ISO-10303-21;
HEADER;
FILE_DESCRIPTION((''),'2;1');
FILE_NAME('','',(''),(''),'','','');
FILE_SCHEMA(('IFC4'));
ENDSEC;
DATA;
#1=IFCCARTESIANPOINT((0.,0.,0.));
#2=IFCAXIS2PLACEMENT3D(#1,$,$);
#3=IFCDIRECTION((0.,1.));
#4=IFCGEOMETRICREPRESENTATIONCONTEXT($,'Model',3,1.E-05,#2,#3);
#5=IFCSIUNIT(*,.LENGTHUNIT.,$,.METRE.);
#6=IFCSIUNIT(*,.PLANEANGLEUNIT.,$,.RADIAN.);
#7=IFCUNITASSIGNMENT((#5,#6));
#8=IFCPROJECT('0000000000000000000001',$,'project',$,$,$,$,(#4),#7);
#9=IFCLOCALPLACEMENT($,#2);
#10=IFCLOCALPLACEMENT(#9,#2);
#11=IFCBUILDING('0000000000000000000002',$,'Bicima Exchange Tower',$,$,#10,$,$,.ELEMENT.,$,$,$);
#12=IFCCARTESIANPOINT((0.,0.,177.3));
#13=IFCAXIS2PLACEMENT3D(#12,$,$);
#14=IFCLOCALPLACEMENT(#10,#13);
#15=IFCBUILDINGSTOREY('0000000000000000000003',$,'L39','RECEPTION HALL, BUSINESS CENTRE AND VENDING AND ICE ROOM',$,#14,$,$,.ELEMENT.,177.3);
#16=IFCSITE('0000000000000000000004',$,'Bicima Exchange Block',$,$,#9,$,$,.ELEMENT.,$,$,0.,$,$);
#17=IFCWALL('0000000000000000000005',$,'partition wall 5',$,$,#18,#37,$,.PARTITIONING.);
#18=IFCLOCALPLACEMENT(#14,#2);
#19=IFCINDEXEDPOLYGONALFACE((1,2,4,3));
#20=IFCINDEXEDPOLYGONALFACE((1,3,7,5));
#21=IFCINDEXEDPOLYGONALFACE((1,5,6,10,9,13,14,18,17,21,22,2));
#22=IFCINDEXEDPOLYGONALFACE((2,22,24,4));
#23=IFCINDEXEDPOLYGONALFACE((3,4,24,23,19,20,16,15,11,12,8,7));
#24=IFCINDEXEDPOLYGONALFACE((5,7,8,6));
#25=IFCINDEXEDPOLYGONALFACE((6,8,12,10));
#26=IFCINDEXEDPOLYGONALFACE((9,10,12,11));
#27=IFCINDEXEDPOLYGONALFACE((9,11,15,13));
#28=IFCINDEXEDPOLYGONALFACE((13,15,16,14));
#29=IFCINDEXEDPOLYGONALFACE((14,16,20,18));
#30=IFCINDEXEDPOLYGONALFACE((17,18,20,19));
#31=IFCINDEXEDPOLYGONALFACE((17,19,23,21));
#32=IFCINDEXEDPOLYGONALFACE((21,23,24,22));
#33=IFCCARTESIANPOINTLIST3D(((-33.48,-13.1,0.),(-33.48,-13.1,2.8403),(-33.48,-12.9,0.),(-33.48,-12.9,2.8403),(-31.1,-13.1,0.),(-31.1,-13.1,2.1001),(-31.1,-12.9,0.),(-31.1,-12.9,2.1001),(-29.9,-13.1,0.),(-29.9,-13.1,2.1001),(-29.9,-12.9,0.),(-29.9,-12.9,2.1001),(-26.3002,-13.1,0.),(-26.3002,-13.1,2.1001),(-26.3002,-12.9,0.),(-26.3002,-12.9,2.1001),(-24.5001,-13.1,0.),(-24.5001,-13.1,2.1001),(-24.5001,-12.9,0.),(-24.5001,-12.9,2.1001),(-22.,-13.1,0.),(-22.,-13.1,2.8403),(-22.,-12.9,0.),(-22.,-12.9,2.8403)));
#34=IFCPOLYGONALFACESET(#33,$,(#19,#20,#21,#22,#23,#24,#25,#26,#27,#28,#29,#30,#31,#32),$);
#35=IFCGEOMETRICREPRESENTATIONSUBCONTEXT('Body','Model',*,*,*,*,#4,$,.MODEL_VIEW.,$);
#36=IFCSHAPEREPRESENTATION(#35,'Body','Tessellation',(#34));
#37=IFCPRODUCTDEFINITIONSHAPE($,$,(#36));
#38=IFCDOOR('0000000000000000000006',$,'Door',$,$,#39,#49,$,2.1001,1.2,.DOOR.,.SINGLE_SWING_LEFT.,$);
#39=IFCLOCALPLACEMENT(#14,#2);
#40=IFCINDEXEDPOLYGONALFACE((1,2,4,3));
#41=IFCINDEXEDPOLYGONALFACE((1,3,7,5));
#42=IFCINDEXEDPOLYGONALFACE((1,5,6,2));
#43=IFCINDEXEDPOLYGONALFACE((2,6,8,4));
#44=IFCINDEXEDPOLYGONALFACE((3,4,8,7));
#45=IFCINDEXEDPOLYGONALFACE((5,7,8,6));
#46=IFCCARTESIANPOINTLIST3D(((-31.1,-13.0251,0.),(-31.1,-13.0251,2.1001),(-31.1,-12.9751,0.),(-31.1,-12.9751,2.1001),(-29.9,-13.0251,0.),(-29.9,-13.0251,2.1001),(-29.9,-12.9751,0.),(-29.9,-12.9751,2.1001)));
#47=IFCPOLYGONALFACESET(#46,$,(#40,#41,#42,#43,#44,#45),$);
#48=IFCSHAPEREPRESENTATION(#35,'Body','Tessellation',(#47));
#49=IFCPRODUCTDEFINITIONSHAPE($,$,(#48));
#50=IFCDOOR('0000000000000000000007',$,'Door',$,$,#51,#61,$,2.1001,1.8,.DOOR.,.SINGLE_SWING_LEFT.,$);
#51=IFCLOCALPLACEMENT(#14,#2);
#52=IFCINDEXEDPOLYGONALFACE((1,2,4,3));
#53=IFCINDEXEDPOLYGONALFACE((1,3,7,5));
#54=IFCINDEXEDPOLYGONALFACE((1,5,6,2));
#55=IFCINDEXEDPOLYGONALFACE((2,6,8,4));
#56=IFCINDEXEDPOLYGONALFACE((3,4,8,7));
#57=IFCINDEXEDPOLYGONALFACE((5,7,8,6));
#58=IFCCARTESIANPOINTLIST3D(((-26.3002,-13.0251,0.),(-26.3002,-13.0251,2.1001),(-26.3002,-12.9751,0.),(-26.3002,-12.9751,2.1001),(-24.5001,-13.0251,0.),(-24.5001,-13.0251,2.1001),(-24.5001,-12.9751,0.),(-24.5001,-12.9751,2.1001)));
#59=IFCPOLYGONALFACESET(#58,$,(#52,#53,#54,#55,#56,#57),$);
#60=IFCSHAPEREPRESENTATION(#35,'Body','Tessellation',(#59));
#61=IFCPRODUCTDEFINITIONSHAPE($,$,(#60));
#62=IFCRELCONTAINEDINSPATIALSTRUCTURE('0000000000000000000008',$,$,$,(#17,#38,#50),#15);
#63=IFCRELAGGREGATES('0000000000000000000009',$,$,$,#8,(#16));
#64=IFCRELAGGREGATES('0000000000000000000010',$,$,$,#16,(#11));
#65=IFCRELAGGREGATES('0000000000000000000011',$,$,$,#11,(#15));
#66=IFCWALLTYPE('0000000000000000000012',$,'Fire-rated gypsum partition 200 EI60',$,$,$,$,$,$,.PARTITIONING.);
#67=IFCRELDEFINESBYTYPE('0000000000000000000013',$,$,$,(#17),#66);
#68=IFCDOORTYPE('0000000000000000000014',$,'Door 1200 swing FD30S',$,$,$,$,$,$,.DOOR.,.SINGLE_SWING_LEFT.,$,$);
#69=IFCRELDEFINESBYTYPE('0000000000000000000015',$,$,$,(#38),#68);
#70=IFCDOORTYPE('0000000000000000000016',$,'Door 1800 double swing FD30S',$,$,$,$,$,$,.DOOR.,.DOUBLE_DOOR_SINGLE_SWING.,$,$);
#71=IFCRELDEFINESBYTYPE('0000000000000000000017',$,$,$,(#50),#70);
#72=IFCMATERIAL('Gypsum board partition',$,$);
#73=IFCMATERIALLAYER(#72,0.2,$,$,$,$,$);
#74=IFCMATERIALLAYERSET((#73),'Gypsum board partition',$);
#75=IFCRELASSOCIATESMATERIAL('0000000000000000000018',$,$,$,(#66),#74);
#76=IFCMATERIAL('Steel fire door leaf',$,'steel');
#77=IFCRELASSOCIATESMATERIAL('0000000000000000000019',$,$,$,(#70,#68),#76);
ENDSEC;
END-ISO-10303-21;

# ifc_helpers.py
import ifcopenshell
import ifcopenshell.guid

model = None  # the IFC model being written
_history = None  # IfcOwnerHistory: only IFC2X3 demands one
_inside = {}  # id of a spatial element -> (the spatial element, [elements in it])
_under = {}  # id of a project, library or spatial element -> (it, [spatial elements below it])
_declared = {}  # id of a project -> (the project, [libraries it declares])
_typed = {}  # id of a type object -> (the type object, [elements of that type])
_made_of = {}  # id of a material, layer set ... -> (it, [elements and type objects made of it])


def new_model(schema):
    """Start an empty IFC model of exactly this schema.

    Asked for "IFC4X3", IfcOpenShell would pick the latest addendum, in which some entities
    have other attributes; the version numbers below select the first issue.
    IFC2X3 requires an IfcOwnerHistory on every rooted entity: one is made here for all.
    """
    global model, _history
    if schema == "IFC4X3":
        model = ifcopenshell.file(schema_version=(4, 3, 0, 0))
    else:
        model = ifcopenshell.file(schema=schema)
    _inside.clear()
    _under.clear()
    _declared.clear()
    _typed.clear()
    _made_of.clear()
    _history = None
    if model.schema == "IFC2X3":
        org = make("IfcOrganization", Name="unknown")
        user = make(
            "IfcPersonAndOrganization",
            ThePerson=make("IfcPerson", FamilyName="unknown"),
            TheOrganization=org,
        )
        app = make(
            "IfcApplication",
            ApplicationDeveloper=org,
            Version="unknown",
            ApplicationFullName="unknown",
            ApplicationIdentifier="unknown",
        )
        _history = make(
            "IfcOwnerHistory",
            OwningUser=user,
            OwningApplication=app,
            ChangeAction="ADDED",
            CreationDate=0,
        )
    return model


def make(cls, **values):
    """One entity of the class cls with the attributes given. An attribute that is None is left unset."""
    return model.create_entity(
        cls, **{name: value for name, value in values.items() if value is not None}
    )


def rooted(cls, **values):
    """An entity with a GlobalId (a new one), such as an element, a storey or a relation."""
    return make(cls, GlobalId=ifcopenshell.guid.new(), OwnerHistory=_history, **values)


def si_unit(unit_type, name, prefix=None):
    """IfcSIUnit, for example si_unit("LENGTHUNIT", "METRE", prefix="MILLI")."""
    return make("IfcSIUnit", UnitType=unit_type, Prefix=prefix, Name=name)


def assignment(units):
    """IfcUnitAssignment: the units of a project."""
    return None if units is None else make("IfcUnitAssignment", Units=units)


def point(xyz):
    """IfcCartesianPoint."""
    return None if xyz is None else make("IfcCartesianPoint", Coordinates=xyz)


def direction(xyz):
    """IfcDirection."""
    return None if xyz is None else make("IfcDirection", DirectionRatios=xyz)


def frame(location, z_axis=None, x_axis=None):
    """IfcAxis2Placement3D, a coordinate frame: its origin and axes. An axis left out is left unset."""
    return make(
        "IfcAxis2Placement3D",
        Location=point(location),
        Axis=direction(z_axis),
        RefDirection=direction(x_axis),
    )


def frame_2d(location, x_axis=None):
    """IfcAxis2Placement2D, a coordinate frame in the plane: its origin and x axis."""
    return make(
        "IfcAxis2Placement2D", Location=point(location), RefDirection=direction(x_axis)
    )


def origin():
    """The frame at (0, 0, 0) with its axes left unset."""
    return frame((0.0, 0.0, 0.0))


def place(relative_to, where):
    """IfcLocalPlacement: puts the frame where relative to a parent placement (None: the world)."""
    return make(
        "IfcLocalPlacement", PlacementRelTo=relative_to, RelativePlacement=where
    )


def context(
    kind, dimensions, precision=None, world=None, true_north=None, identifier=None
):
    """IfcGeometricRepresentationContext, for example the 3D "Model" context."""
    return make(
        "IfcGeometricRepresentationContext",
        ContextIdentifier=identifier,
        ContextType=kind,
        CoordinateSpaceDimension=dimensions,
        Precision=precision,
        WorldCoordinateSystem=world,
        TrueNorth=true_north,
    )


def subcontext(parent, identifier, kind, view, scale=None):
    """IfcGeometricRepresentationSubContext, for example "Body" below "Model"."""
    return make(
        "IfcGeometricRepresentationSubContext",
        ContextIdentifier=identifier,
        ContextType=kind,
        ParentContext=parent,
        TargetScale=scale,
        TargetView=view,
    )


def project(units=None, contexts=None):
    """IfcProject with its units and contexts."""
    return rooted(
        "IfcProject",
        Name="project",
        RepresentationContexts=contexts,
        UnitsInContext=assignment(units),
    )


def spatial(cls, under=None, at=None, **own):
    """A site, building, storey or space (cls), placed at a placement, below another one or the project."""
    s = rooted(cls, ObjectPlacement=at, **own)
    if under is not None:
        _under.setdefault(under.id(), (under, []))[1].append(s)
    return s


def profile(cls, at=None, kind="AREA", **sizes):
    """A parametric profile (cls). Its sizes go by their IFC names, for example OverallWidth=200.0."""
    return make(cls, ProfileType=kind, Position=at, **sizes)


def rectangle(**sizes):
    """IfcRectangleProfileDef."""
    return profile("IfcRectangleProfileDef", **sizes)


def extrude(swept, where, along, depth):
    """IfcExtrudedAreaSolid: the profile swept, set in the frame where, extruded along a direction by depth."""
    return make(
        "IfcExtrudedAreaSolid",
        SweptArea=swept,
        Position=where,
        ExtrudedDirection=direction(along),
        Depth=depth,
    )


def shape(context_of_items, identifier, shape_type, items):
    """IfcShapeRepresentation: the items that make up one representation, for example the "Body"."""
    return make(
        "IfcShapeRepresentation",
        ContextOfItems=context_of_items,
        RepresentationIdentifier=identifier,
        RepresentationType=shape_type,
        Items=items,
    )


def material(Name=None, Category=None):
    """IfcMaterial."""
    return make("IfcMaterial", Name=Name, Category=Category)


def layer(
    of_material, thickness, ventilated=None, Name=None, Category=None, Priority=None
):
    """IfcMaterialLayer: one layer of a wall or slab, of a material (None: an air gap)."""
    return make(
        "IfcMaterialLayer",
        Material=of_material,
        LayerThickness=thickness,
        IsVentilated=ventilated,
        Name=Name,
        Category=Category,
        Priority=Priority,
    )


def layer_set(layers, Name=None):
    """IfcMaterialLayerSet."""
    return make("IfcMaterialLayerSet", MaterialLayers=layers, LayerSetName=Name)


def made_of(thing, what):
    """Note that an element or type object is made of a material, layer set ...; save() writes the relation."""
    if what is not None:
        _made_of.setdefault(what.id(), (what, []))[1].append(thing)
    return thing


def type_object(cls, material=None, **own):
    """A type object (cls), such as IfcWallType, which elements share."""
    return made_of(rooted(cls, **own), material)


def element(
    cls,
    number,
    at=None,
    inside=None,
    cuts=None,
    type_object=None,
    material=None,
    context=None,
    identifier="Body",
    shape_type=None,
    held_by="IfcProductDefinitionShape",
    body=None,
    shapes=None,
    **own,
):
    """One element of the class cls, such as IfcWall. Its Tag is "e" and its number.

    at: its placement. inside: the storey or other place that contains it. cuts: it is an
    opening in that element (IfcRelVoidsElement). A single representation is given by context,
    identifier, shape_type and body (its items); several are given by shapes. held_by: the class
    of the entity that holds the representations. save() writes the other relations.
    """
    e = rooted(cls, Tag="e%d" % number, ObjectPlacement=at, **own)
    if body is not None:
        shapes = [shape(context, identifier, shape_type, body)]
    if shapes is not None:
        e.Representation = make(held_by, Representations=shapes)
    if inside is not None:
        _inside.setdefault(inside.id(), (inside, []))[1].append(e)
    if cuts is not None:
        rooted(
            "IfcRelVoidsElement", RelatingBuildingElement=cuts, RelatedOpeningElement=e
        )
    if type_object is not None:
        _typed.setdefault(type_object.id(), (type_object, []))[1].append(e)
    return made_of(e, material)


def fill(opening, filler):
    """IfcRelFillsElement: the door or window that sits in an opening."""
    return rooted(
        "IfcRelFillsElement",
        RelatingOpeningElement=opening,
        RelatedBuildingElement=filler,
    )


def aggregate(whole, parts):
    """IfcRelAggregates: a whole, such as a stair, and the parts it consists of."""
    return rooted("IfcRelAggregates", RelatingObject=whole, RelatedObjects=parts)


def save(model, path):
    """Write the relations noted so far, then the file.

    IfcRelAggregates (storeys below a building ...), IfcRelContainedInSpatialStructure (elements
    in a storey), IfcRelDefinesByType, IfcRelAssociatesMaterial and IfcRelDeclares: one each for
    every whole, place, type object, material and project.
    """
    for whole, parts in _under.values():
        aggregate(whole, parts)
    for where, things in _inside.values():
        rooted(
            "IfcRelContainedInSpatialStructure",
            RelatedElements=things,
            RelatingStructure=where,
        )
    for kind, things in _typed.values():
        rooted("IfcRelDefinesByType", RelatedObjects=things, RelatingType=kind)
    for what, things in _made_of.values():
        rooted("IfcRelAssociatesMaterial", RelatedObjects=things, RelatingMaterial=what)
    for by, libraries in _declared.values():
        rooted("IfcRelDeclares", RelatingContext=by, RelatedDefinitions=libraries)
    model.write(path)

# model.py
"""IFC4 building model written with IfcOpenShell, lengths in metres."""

from ifc_helpers import new_model, si_unit, direction, frame, frame_2d, origin, place, context, subcontext, project, spatial, rectangle, extrude, material, layer, layer_set, type_object, element, fill, save


model = new_model("IFC4")

# Units and contexts
model_context = context("Model", 3, precision=1e-05, world=origin(), true_north=direction((0.0, 1.0)))
body_context = subcontext(model_context, "Body", "Model", "MODEL_VIEW")
ifc_project = project(units=[si_unit("LENGTHUNIT", "METRE"), si_unit("PLANEANGLEUNIT", "RADIAN")], contexts=[model_context])

# Site, building, storey
site_placement = place(None, origin())
site = spatial("IfcSite", under=ifc_project, at=site_placement, Name="Bicima Exchange Block", CompositionType="ELEMENT", RefElevation=0.0)
building_placement = place(site_placement, origin())
building = spatial("IfcBuilding", under=site, at=building_placement, Name="Bicima Exchange Tower", CompositionType="ELEMENT")
storey_placement = place(building_placement, frame((0.0, 0.0, 177.3)))
storey = spatial("IfcBuildingStorey", under=building, at=storey_placement, Name="L39", Description="RECEPTION HALL, BUSINESS CENTRE AND VENDING AND ICE ROOM", CompositionType="ELEMENT", Elevation=177.3)

# Shared definitions
ifc_material_1 = material(Name="Gypsum board partition")
ifc_layer_1 = layer(ifc_material_1, 0.2)
ifc_layer_set_1 = layer_set([ifc_layer_1], Name="Gypsum board partition")
wall_type = type_object("IfcWallType", Name="Fire-rated gypsum partition 200 EI60", PredefinedType="PARTITIONING", material=ifc_layer_set_1)
ifc_material_2 = material(Name="Steel fire door leaf", Category="steel")
door_type_1 = type_object("IfcDoorType", Name="Door 1800 double swing FD30S", OperationType="DOUBLE_DOOR_SINGLE_SWING", PredefinedType="DOOR", material=ifc_material_2)

# Wall, openings, doors
wall_1_placement = place(storey_placement, frame((-33.48, -13.0, 0.0), z_axis=(0.0, 0.0, 1.0), x_axis=(1.0, 0.0, 0.0)))
wall_1 = element("IfcWall", 1, at=wall_1_placement, inside=storey, type_object=wall_type, Name="partition wall 5", PredefinedType="PARTITIONING", context=body_context, shape_type="SweptSolid", body=[
    extrude(rectangle(XDim=11.48, YDim=0.2, at=frame_2d((5.74, 0.0))), origin(), (0.0, 0.0, 1.0), 2.8403),
])
opening_1_placement = place(wall_1_placement, frame((2.3799, 0.0, 0.0)))
opening_1 = element("IfcOpeningElement", 2, at=opening_1_placement, cuts=wall_1, PredefinedType="OPENING", context=body_context, shape_type="SweptSolid", body=[
    extrude(rectangle(XDim=1.2, YDim=2.1001, at=frame_2d((0.6001, 1.05))), frame((0.0, 0.1118, 0.0), z_axis=(0.0, -1.0, 0.0), x_axis=(1.0, 0.0, 0.0)), (0.0, 0.0, 1.0), 0.2239),
])
opening_2_placement = place(wall_1_placement, frame((7.1799, 0.0, 0.0)))
opening_2 = element("IfcOpeningElement", 3, at=opening_2_placement, cuts=wall_1, PredefinedType="OPENING", context=body_context, shape_type="SweptSolid", body=[
    extrude(rectangle(XDim=1.8, YDim=2.1001, at=frame_2d((0.8999, 1.05))), frame((0.0, 0.1118, 0.0), z_axis=(0.0, -1.0, 0.0), x_axis=(1.0, 0.0, 0.0)), (0.0, 0.0, 1.0), 0.2239),
])
door_type_2 = type_object("IfcDoorType", Name="Door 1200 swing FD30S", OperationType="SINGLE_SWING_LEFT", PredefinedType="DOOR", material=ifc_material_2)
door_1_placement = place(opening_1_placement, origin())
door_1 = element("IfcDoor", 4, at=door_1_placement, inside=storey, type_object=door_type_2, Name="Door", OperationType="SINGLE_SWING_LEFT", OverallHeight=2.1001, OverallWidth=1.2, PredefinedType="DOOR", context=body_context, shape_type="SweptSolid", body=[
    extrude(rectangle(XDim=1.2, YDim=2.1001, at=frame_2d((0.6001, 1.05))), frame((0.0, 0.0249, 0.0), z_axis=(0.0, -1.0, 0.0), x_axis=(1.0, 0.0, 0.0)), (0.0, 0.0, 1.0), 0.05),
])
fill(opening_1, door_1)
door_2_placement = place(opening_2_placement, origin())
door_2 = element("IfcDoor", 5, at=door_2_placement, inside=storey, type_object=door_type_1, Name="Door", OperationType="SINGLE_SWING_LEFT", OverallHeight=2.1001, OverallWidth=1.8, PredefinedType="DOOR", context=body_context, shape_type="SweptSolid", body=[
    extrude(rectangle(XDim=1.8, YDim=2.1001, at=frame_2d((0.8999, 1.05))), frame((0.0, 0.0249, 0.0), z_axis=(0.0, -1.0, 0.0), x_axis=(1.0, 0.0, 0.0)), (0.0, 0.0, 1.0), 0.05),
])
fill(opening_2, door_2)

save(model, "model.ifc")
